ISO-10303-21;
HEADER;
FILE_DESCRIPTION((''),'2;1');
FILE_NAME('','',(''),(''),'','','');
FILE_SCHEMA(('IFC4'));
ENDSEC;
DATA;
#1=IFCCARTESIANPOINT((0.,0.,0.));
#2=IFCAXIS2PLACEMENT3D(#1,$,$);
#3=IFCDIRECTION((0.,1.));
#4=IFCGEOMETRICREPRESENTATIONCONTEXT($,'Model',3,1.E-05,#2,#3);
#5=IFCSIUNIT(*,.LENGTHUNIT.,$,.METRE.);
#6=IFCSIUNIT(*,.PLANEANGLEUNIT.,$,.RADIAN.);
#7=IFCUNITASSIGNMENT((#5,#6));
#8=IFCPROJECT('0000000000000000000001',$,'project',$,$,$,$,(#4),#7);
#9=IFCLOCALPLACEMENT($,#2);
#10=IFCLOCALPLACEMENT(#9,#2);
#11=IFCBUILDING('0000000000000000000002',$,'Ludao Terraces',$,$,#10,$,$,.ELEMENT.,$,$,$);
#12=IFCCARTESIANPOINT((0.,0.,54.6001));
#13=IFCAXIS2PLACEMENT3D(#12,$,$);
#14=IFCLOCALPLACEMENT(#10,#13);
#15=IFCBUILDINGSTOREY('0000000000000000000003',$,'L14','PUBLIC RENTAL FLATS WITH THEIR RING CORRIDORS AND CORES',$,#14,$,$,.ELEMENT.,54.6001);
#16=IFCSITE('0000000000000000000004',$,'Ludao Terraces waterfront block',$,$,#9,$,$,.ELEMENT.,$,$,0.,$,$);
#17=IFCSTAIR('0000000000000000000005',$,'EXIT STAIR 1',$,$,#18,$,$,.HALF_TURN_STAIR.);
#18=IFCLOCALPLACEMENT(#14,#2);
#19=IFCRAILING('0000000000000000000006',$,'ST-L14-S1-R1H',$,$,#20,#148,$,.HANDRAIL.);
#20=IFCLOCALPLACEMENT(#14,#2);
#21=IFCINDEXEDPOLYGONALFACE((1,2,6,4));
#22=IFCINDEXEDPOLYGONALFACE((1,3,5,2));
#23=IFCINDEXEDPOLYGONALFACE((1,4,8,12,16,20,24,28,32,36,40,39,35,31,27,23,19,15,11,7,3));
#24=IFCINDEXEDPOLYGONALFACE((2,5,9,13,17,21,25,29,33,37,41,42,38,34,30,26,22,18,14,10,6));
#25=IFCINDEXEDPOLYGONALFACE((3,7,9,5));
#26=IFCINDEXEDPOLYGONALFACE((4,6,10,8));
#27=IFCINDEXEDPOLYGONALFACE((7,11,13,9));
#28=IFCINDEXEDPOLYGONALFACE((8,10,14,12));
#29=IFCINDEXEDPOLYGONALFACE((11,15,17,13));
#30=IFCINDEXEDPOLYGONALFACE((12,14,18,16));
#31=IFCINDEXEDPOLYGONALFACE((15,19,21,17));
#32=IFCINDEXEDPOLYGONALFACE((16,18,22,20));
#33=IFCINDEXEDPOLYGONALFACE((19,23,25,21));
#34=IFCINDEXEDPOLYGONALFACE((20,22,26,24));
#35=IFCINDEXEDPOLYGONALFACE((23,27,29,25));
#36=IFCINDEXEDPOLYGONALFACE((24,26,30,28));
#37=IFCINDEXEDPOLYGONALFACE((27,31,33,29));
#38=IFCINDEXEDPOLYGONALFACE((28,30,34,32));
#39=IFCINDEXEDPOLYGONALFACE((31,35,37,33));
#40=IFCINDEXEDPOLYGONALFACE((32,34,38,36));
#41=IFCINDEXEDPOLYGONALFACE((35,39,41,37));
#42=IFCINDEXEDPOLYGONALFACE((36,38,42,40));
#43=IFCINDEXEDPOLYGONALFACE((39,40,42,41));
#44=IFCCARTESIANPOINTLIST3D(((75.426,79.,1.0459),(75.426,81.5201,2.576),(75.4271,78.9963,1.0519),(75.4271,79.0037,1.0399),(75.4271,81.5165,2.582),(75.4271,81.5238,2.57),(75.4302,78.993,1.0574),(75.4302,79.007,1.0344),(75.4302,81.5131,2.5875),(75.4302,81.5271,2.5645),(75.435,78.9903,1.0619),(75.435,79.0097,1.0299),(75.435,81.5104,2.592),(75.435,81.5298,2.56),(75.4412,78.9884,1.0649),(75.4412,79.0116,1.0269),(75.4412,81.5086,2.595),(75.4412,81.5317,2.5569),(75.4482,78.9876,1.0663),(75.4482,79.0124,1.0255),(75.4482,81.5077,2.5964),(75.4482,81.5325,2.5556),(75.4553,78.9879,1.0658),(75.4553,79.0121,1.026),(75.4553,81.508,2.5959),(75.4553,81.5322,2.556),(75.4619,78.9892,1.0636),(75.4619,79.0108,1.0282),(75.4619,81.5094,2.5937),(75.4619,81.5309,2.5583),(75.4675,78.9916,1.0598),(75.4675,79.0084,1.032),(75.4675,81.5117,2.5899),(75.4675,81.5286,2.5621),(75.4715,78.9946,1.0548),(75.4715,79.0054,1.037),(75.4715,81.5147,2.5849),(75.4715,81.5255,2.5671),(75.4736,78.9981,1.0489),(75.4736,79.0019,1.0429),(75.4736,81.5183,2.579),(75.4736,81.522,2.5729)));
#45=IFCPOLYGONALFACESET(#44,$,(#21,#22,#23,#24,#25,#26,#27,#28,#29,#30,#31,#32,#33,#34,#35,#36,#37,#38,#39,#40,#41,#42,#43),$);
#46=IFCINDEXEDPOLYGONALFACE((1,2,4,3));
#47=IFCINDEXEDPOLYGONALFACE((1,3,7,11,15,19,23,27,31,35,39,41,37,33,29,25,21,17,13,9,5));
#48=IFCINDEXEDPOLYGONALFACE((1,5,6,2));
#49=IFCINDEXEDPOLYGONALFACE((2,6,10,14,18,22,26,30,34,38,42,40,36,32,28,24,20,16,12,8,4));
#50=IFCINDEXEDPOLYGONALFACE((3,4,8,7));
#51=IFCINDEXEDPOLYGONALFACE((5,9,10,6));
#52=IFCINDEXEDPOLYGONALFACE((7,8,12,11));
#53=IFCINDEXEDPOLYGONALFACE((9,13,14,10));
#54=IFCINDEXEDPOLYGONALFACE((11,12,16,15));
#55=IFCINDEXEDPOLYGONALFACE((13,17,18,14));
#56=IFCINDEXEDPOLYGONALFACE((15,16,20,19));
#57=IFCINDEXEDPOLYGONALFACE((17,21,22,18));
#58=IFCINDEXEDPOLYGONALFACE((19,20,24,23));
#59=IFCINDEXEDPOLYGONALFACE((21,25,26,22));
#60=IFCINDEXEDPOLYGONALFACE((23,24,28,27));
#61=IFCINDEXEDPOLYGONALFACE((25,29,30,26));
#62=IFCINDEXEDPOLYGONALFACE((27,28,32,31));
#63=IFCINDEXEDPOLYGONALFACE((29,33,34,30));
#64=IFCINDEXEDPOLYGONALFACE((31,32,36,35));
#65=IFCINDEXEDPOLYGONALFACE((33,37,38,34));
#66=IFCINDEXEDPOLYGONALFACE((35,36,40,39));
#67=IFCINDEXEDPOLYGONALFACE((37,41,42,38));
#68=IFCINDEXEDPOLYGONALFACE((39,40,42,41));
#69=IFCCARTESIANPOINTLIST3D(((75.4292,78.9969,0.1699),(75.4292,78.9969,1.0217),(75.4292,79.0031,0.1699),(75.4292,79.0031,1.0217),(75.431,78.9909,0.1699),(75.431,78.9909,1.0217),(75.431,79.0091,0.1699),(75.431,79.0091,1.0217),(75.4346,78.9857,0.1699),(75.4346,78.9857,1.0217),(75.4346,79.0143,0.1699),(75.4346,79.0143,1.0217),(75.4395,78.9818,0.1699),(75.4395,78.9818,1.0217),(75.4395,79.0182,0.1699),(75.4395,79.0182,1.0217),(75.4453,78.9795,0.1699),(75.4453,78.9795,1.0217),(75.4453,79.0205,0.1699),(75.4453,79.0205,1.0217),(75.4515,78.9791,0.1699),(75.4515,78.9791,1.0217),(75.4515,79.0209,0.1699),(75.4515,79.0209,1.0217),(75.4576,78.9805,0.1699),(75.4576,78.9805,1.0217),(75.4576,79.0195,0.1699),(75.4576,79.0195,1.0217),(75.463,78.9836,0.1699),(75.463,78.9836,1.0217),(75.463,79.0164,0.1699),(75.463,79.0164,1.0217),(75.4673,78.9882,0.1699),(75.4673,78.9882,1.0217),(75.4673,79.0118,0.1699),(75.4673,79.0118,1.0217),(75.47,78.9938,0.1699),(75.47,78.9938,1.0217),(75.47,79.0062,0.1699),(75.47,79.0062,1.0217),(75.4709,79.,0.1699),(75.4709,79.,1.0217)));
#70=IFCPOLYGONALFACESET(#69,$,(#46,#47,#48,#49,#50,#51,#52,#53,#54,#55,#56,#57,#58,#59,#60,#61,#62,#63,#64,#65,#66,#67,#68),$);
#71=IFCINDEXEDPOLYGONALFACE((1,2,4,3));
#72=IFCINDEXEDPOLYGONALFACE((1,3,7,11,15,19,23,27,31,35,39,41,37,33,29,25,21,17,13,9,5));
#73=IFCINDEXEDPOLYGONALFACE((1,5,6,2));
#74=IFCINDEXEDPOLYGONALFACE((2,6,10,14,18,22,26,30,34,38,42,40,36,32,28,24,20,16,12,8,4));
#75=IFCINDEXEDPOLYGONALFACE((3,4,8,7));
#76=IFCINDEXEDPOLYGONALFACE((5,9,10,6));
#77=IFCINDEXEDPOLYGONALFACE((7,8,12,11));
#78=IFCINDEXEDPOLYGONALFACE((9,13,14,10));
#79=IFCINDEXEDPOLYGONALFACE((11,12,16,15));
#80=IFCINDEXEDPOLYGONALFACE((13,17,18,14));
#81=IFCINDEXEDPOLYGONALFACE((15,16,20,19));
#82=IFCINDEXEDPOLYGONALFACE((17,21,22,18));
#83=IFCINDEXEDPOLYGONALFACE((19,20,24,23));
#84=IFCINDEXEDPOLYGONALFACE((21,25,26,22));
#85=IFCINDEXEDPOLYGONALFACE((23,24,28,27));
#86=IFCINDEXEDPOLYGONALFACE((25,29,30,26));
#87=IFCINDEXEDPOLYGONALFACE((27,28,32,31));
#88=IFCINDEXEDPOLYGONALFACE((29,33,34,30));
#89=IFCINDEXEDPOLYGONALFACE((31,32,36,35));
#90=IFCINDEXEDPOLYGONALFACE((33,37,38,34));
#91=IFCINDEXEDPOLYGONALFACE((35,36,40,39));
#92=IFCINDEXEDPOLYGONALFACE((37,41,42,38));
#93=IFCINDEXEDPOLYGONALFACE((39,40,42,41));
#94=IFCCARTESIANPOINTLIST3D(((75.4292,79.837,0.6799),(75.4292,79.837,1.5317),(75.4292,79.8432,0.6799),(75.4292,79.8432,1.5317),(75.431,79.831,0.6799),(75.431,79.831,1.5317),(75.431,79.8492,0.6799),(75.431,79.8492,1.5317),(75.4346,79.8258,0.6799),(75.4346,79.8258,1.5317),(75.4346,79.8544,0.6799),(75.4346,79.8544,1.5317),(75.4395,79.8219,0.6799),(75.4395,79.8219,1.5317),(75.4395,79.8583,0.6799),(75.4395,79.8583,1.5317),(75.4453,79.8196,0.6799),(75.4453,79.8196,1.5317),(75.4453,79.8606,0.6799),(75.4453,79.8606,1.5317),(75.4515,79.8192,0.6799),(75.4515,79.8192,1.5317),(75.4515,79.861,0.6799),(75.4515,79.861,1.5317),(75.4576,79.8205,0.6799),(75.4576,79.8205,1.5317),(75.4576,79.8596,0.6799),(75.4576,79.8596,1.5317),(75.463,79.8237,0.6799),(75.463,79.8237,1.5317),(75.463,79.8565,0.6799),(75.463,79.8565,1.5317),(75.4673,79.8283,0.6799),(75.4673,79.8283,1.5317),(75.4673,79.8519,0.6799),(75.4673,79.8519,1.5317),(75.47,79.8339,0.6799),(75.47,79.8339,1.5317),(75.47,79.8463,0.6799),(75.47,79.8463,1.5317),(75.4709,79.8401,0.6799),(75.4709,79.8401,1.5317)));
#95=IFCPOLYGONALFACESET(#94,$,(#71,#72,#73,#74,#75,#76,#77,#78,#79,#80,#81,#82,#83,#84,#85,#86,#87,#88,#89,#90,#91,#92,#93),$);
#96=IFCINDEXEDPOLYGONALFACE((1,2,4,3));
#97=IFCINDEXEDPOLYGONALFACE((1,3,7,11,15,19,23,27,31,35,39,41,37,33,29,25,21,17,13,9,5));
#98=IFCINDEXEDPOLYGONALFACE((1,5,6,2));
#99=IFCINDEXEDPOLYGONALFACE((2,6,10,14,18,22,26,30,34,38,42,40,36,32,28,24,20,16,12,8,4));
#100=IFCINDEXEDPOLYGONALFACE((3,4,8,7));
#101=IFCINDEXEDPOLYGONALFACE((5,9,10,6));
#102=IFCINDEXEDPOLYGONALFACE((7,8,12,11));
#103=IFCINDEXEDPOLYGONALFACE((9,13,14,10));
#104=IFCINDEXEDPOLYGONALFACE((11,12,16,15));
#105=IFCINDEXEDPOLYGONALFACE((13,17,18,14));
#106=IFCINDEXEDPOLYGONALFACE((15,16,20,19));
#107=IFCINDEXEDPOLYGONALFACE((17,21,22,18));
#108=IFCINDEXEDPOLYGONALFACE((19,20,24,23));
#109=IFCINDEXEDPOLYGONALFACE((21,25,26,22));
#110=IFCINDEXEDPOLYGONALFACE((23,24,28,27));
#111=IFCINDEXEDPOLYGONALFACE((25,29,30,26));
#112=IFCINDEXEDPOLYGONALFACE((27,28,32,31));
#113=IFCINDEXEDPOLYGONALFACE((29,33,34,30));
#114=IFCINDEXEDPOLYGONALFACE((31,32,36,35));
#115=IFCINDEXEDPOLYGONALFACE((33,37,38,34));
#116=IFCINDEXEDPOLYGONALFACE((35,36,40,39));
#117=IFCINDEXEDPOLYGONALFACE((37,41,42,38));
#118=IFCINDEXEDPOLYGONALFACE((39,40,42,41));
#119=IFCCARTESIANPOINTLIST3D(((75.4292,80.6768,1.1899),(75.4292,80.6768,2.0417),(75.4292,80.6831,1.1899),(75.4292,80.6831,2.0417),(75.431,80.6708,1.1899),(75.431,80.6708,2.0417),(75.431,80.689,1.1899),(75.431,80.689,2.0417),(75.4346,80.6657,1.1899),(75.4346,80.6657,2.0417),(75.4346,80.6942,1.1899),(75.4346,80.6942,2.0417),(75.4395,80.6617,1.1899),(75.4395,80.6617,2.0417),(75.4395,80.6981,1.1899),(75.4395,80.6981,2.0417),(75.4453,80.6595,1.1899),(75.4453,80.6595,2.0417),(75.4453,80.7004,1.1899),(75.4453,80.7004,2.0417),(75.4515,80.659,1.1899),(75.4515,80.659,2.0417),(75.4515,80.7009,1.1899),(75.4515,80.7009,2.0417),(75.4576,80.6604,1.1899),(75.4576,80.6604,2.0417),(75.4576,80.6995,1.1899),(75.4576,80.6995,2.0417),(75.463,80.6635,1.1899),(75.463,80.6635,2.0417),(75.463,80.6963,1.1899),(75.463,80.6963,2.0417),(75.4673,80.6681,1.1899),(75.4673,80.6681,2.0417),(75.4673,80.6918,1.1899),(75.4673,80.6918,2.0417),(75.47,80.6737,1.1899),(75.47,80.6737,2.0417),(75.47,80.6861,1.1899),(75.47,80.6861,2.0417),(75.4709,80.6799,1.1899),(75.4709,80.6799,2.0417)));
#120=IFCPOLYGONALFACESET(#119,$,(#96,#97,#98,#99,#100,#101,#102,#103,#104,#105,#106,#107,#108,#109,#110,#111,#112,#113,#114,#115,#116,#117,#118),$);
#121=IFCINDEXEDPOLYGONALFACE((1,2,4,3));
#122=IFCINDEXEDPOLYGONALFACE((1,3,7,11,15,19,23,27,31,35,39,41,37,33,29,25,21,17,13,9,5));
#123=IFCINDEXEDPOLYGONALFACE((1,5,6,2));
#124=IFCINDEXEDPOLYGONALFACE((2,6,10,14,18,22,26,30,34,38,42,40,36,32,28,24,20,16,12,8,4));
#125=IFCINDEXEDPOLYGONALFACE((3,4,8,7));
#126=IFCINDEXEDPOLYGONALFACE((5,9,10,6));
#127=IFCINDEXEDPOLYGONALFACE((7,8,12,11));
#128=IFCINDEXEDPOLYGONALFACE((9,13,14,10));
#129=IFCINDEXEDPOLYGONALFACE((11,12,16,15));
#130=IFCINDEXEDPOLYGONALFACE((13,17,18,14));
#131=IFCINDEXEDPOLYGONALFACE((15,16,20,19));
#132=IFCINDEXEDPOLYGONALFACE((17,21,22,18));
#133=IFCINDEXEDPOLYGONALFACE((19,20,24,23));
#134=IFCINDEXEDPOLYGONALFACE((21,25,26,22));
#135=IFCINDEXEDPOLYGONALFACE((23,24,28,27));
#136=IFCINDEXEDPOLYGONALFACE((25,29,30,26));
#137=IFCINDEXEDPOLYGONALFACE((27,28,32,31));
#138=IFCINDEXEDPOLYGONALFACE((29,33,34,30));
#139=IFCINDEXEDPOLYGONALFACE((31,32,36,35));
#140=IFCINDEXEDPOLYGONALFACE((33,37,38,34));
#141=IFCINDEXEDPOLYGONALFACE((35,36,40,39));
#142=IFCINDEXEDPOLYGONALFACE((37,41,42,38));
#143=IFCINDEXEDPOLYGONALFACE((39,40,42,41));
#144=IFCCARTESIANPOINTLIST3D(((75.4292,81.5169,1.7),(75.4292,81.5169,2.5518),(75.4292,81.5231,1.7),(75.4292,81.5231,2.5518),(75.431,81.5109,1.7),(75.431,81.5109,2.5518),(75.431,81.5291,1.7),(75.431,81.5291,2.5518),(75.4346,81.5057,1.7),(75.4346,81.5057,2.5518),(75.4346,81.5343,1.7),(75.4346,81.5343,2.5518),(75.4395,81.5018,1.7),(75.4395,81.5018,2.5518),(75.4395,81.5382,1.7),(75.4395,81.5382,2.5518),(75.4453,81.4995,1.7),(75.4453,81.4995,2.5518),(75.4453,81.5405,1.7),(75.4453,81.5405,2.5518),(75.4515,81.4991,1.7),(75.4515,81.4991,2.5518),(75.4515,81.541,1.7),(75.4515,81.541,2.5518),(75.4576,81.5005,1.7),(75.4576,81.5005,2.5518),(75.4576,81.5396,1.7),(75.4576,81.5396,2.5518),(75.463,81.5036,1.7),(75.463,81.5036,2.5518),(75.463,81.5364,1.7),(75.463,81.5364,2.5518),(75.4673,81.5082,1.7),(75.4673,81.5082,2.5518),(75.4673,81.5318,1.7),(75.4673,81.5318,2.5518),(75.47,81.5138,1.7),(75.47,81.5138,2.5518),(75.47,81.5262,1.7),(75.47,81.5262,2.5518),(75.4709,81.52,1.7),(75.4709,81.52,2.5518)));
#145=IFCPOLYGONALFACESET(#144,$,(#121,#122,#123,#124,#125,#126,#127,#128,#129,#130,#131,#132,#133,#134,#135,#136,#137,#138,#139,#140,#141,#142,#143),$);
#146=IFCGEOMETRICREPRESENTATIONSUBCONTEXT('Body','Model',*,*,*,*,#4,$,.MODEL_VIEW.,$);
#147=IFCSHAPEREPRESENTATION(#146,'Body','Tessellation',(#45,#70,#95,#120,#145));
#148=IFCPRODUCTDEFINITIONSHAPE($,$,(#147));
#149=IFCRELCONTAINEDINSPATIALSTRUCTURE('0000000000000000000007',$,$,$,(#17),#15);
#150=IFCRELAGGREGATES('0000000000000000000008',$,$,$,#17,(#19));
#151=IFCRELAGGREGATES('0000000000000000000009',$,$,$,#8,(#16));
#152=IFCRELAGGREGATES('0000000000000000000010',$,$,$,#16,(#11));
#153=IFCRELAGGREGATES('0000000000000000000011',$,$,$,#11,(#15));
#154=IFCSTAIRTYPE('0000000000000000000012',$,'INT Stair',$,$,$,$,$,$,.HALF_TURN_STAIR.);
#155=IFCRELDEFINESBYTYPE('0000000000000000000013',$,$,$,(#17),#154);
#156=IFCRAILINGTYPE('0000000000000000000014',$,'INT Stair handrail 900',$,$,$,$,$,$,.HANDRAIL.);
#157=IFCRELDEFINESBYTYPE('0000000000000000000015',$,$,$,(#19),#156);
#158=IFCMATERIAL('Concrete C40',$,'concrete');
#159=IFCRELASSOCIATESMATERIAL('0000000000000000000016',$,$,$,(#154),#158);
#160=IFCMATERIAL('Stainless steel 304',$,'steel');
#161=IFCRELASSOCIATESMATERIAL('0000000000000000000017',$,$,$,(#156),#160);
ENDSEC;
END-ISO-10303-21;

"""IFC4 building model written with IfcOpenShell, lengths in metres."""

from ifc_helpers import new_model, si_unit, direction, frame, origin, origin_2d, place, context, subcontext, project, spatial, circle, extrude, material, type_object, element, aggregate, save


model = new_model("IFC4")

# Units and contexts
model_context = context("Model", 3, precision=1e-05, world=origin(), true_north=direction((0.0, 1.0)))
body_context = subcontext(model_context, "Body", "Model", "MODEL_VIEW")
ifc_project = project(units=[si_unit("LENGTHUNIT", "METRE"), si_unit("PLANEANGLEUNIT", "RADIAN")], contexts=[model_context])

# Site, building, storey
site_placement = place(None, origin())
site = spatial("IfcSite", under=ifc_project, at=site_placement, Name="Ludao Terraces waterfront block", CompositionType="ELEMENT", RefElevation=0.0)
building_placement = place(site_placement, origin())
building = spatial("IfcBuilding", under=site, at=building_placement, Name="Ludao Terraces", CompositionType="ELEMENT")
storey_placement = place(building_placement, frame((0.0, 0.0, 54.6001)))
storey = spatial("IfcBuildingStorey", under=building, at=storey_placement, Name="L14", Description="PUBLIC RENTAL FLATS WITH THEIR RING CORRIDORS AND CORES", CompositionType="ELEMENT", Elevation=54.6001)

# Shared definitions
ifc_material_1 = material(Name="Concrete C40", Category="concrete")

# Shared definitions
ifc_material_2 = material(Name="Stainless steel 304", Category="steel")

# Stair, railing
stair_type = type_object("IfcStairType", Name="INT Stair", PredefinedType="HALF_TURN_STAIR", material=ifc_material_1)
stair_placement = place(storey_placement, origin())
stair = element("IfcStair", 1, at=stair_placement, inside=storey, type_object=stair_type, Name="EXIT STAIR 1", PredefinedType="HALF_TURN_STAIR")
railing_type_1 = type_object("IfcRailingType", Name="INT Stair handrail 900", PredefinedType="HANDRAIL", material=ifc_material_2)
railing_1_placement = place(storey_placement, frame((75.45, 79.0, 0.1699)))
railing_1 = element("IfcRailing", 2, at=railing_1_placement, type_object=railing_type_1, Name="ST-L14-S1-R1H", PredefinedType="HANDRAIL", context=body_context, shape_type="SweptSolid", body=[
    extrude(circle(Radius=0.0239, at=origin_2d()), frame((0.0, 0.0, 0.876), z_axis=(0.0, 0.854785, 0.518982), x_axis=(-1.0, 0.0, 0.0)), (0.0, 0.0, 1.0), 2.9482),
    extrude(circle(Radius=0.021, at=origin_2d()), origin(), (0.0, 0.0, 1.0), 0.8518),
    extrude(circle(Radius=0.021, at=origin_2d()), frame((0.0, 0.8401, 0.51)), (0.0, 0.0, 1.0), 0.8518),
    extrude(circle(Radius=0.021, at=origin_2d()), frame((0.0, 1.6799, 1.02)), (0.0, 0.0, 1.0), 0.8518),
    extrude(circle(Radius=0.021, at=origin_2d()), frame((0.0, 2.52, 1.53)), (0.0, 0.0, 1.0), 0.8518),
])
aggregate(stair, [railing_1])

save(model, "model.ifc")
